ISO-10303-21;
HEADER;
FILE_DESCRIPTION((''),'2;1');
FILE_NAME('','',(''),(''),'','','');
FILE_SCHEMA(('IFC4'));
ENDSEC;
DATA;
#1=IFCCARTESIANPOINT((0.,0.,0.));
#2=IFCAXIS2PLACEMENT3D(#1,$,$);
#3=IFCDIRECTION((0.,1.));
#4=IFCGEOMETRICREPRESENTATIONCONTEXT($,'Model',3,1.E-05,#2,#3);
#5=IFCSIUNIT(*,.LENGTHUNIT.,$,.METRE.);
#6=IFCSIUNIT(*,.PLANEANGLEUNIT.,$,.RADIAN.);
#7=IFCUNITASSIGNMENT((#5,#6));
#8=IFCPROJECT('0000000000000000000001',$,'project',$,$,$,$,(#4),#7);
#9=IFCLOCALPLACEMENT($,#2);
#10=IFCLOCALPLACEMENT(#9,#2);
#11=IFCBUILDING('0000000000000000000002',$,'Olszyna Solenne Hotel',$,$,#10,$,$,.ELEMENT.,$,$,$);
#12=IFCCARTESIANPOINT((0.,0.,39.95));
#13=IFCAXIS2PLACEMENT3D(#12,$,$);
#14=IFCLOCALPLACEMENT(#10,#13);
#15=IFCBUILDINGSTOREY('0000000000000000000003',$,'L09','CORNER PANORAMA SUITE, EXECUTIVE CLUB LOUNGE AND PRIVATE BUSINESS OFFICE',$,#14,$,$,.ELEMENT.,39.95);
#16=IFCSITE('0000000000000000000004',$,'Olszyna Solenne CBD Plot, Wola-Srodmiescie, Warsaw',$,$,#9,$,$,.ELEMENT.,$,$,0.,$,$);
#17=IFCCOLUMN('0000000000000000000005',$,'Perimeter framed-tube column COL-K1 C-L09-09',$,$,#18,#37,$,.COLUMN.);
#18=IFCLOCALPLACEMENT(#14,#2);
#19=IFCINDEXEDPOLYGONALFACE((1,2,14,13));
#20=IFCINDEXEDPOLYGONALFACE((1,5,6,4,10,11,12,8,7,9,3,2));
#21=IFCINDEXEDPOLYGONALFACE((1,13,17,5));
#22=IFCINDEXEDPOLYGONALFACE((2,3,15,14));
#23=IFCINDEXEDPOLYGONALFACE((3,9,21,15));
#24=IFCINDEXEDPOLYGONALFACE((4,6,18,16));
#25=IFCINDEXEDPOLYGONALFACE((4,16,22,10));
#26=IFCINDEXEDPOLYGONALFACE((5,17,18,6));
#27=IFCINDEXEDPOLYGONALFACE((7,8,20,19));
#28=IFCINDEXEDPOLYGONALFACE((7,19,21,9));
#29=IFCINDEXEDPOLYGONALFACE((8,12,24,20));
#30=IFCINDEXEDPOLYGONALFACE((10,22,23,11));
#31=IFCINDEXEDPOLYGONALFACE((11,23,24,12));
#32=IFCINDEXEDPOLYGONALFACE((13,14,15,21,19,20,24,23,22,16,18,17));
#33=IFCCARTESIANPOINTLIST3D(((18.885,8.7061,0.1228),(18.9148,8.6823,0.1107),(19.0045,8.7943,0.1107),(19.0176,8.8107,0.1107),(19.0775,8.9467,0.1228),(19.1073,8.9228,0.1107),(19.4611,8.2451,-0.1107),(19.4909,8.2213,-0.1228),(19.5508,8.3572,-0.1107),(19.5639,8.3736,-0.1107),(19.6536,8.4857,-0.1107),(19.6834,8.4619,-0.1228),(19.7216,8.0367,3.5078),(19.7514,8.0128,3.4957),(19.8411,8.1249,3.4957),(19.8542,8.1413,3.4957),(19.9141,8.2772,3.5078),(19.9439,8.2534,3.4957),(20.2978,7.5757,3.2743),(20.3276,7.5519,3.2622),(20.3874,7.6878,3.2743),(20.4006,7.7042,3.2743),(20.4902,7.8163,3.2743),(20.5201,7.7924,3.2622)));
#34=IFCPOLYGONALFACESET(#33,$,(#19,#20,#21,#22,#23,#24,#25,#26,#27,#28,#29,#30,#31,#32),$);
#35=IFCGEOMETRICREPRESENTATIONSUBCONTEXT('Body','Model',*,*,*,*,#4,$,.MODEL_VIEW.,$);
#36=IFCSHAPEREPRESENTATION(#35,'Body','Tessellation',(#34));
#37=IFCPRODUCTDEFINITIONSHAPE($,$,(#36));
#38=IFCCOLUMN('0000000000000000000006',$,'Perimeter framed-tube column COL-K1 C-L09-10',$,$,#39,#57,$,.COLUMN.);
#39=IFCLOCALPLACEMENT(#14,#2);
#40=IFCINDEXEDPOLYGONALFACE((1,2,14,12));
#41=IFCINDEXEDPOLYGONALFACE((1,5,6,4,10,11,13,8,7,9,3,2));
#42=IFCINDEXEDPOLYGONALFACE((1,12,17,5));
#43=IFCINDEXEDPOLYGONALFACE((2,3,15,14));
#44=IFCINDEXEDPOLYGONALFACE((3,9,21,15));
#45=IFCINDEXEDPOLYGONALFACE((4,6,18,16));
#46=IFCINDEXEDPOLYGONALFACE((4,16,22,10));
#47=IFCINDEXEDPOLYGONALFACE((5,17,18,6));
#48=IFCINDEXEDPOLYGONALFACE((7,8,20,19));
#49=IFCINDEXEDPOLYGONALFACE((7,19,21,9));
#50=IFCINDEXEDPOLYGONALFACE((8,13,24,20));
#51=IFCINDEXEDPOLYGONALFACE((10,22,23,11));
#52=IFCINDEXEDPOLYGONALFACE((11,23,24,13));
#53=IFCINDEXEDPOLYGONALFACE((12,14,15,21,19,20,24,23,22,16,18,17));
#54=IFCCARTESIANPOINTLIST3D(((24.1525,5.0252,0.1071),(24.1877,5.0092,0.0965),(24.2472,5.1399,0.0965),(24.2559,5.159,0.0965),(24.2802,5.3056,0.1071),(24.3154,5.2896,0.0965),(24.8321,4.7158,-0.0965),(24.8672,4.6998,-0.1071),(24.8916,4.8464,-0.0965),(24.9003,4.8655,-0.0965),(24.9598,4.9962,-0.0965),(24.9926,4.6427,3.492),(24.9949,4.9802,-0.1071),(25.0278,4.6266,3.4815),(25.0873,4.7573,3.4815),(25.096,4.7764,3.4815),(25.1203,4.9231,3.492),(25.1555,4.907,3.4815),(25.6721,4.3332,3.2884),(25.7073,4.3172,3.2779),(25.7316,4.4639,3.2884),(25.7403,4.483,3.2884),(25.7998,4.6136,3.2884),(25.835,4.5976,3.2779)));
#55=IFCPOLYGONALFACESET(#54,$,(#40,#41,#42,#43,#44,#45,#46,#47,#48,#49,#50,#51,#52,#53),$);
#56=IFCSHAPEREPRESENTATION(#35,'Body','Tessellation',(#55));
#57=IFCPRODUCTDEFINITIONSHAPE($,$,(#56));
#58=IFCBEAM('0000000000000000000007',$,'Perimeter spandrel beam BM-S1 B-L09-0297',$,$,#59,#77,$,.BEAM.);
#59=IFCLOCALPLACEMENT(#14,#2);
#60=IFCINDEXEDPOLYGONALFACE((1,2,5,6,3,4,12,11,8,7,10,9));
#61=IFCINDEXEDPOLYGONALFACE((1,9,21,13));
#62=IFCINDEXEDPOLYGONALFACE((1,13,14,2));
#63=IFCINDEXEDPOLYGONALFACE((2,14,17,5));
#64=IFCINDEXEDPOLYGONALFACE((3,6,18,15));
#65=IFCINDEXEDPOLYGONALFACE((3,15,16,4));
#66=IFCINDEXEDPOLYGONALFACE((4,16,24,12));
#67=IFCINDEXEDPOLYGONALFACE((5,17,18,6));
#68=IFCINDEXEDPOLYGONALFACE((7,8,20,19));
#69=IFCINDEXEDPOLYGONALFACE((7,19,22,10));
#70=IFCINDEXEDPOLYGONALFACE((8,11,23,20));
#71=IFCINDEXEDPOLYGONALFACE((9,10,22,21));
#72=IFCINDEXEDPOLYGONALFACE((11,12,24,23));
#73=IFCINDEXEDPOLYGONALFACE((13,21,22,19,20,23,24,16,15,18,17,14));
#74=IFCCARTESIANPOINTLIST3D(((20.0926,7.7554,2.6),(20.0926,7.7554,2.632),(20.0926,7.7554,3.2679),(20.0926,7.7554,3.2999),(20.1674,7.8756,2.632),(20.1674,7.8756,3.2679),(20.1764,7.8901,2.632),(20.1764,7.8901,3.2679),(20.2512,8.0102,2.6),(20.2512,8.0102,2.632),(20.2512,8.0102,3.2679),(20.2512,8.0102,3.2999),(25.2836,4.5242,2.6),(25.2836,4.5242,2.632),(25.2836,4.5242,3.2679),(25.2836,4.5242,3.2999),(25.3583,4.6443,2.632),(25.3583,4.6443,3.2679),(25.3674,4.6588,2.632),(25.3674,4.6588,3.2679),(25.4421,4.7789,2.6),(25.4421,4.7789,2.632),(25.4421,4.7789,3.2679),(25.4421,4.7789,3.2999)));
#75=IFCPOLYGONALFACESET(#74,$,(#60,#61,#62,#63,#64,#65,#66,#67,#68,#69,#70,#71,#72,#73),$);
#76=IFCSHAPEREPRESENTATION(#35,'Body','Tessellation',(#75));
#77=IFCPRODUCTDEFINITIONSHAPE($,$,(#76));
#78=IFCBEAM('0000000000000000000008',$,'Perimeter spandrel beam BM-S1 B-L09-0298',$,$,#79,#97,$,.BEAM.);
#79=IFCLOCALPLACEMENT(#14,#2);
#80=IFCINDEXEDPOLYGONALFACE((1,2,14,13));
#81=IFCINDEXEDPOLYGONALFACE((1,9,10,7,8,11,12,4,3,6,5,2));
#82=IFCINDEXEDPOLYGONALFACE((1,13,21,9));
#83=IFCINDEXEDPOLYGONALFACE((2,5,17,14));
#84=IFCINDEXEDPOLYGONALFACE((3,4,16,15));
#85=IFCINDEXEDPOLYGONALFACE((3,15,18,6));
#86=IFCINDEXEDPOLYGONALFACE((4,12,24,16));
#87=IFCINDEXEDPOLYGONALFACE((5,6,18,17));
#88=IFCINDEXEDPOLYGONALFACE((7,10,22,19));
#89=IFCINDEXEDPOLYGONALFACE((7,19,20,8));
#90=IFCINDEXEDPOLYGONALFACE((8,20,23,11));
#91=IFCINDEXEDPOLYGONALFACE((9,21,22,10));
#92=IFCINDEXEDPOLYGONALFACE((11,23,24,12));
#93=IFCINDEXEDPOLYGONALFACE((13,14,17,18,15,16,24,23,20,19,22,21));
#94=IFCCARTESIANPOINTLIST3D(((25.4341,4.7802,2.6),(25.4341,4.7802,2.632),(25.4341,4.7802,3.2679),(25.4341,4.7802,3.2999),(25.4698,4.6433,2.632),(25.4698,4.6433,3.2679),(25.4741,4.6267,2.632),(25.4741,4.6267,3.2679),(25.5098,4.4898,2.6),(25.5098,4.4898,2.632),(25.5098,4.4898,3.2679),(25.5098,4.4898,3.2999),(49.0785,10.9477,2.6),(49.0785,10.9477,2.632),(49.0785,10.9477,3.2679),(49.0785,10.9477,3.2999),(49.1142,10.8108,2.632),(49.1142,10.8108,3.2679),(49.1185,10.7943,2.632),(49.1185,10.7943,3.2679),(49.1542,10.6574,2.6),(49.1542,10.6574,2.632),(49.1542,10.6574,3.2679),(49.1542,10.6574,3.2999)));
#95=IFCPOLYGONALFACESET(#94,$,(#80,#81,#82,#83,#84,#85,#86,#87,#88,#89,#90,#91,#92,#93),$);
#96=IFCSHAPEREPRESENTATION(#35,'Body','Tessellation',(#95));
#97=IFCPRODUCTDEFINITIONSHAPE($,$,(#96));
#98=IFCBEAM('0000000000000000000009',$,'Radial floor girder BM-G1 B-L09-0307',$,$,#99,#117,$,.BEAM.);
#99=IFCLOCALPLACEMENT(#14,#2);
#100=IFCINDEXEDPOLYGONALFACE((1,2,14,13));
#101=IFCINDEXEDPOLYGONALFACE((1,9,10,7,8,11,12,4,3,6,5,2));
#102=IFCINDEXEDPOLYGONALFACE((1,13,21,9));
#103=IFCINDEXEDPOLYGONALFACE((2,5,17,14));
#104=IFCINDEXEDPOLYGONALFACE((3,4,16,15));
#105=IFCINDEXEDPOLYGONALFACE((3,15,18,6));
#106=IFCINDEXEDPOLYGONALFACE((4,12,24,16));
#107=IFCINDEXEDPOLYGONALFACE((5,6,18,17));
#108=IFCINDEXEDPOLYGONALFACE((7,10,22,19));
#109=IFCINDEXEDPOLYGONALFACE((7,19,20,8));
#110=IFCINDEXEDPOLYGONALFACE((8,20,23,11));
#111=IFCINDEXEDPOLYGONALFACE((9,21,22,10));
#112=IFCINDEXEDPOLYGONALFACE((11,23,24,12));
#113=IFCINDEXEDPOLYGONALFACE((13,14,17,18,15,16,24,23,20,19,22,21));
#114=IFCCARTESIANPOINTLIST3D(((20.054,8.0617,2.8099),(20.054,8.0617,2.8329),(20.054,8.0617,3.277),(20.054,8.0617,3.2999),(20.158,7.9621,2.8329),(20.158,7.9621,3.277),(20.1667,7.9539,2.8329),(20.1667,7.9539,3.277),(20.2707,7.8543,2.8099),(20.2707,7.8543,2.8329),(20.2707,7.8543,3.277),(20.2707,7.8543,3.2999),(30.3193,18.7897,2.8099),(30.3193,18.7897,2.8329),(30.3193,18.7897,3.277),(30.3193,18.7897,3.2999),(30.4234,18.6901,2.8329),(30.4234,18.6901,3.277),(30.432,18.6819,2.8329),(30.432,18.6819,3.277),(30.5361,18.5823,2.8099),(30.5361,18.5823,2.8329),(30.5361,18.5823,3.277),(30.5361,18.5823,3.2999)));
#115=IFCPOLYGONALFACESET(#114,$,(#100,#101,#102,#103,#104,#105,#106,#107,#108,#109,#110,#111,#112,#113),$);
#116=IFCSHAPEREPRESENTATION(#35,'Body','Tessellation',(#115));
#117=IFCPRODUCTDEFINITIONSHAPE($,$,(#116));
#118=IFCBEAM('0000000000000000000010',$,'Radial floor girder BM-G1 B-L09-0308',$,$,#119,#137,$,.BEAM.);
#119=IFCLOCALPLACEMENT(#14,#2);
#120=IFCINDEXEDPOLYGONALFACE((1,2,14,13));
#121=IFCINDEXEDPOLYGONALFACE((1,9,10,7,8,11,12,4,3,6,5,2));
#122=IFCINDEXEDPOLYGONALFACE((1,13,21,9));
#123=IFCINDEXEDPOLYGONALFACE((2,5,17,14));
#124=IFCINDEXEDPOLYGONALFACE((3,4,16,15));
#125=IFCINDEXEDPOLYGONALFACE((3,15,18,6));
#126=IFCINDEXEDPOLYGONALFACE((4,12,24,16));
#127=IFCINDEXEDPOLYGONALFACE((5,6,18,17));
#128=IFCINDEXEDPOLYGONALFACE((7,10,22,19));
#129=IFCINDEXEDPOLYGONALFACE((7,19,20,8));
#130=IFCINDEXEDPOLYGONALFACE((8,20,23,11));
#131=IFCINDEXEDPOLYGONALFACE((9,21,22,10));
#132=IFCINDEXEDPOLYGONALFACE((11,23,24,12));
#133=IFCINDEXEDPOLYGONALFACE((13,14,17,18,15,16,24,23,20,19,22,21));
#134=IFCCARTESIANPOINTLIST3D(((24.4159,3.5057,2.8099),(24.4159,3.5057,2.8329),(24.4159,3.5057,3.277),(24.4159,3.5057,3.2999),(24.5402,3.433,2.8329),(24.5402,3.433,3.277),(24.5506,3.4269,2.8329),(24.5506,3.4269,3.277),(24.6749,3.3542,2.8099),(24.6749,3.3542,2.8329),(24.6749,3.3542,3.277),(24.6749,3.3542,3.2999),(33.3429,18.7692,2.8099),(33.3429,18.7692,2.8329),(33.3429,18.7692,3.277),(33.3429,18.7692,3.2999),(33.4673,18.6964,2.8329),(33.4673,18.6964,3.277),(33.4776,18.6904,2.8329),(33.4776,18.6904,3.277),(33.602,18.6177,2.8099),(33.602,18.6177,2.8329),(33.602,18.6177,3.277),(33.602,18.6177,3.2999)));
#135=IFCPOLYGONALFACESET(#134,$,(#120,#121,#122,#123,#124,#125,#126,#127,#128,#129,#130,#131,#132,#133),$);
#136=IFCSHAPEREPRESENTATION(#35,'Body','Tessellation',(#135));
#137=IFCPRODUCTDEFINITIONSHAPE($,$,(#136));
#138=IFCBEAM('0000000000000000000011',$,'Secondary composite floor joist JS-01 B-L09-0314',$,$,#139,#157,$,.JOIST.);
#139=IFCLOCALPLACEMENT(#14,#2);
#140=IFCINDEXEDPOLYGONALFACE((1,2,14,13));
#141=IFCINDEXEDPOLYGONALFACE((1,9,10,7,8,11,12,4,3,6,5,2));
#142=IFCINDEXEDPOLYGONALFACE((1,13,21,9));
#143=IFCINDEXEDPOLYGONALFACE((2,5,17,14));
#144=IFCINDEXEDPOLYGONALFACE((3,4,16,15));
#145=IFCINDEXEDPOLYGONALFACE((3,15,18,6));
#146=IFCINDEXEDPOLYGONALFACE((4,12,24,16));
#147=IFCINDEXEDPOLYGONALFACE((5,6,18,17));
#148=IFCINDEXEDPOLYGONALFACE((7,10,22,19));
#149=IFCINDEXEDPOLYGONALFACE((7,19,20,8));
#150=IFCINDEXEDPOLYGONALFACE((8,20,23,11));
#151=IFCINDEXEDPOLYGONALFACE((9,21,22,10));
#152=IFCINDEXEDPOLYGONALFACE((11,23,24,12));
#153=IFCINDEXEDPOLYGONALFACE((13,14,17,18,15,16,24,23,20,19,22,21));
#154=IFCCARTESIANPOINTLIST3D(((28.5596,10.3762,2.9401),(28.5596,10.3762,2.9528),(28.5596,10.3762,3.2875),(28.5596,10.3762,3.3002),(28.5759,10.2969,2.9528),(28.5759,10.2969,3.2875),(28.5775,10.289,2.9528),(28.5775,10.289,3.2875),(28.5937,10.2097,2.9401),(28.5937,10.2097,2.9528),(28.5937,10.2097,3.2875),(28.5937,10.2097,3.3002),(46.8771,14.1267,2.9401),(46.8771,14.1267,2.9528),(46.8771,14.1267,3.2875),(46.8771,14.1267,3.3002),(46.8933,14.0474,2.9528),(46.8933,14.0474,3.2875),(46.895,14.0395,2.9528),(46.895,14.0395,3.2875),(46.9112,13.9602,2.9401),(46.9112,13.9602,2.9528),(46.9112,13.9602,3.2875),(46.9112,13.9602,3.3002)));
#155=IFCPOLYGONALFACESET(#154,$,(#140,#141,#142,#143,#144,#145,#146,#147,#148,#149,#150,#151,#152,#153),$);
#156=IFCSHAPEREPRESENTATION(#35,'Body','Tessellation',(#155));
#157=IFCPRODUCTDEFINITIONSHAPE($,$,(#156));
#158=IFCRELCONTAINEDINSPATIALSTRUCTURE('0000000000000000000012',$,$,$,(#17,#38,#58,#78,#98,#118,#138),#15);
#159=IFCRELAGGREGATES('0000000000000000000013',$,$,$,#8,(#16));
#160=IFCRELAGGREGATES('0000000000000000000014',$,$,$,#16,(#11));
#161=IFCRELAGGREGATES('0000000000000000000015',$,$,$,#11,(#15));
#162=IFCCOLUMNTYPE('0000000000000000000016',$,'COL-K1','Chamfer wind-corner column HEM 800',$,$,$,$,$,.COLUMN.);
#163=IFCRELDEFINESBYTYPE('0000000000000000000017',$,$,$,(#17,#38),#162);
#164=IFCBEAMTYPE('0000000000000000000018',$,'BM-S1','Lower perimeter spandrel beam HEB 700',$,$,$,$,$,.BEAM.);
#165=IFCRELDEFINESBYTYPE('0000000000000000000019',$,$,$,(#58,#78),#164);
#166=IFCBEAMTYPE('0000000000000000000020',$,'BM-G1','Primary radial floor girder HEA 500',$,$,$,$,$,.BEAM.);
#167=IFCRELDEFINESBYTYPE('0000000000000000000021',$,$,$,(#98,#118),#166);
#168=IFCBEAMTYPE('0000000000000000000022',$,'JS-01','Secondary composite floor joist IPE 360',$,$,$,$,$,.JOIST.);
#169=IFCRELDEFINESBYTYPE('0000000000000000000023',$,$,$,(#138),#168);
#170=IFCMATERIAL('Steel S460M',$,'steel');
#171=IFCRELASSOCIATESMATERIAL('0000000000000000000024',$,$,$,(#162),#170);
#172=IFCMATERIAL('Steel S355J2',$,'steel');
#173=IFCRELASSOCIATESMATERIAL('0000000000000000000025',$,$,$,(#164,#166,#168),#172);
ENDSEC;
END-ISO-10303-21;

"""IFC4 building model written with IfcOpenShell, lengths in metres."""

from ifc_helpers import new_model, si_unit, direction, frame, origin, origin_2d, place, context, subcontext, project, spatial, i_section, extrude, source, transform, mapped, material, material_profile, profile_set, type_object, element, save


model = new_model("IFC4")

# Units and contexts
model_context = context("Model", 3, precision=1e-05, world=origin(), true_north=direction((0.0, 1.0)))
body_context = subcontext(model_context, "Body", "Model", "MODEL_VIEW")
ifc_project = project(units=[si_unit("LENGTHUNIT", "METRE"), si_unit("PLANEANGLEUNIT", "RADIAN")], contexts=[model_context])

# Site, building, storey
site_placement = place(None, origin())
site = spatial("IfcSite", under=ifc_project, at=site_placement, Name="Olszyna Solenne CBD Plot, Wola-Srodmiescie, Warsaw", CompositionType="ELEMENT", RefElevation=0.0)
building_placement = place(site_placement, origin())
building = spatial("IfcBuilding", under=site, at=building_placement, Name="Olszyna Solenne Hotel", CompositionType="ELEMENT")
storey_placement = place(building_placement, frame((0.0, 0.0, 39.95)))
storey = spatial("IfcBuildingStorey", under=building, at=storey_placement, Name="L09", Description="CORNER PANORAMA SUITE, EXECUTIVE CLUB LOUNGE AND PRIVATE BUSINESS OFFICE", CompositionType="ELEMENT", Elevation=39.95)

# Columns
ifc_material_1 = material(Name="Steel S460M", Category="steel")
ifc_material_profile_1 = material_profile(ifc_material_1, i_section(OverallWidth=0.3081, OverallDepth=0.814, WebThickness=0.021, FlangeThickness=0.04, at=origin_2d()), Name="HEM 800", Category="load-bearing")
ifc_profile_set_1 = profile_set([ifc_material_profile_1], Name="Steel S460M")
column_type = type_object("IfcColumnType", Name="COL-K1", Description="Chamfer wind-corner column HEM 800", PredefinedType="COLUMN", material=ifc_profile_set_1)
shared_shape_1 = source(origin(), body_context, "Body", "SweptSolid", [
    extrude(i_section(OverallWidth=0.3081, OverallDepth=0.814, WebThickness=0.021, FlangeThickness=0.04, at=origin_2d()), origin(), (0.0, 0.0, 1.0), 3.5505),
])
column_1_placement = place(storey_placement, frame((19.2842, 8.584, 0.0), z_axis=(0.235645, -0.188543, 0.953375), x_axis=(0.624751, 0.780824, 0.0)))
element("IfcColumn", 1, at=column_1_placement, inside=storey, type_object=column_type, Name="Perimeter framed-tube column COL-K1 C-L09-09", PredefinedType="COLUMN", context=body_context, shape_type="MappedRepresentation", body=[
    mapped(shared_shape_1, transform((0.0, 0.0, 0.0), x_axis=(1.0, 0.0, 0.0), y_axis=(0.0, 1.0, 0.0), z_axis=(0.0, 0.0, 1.0), scale=1.0)),
])
shared_shape_2 = source(origin(), body_context, "Body", "SweptSolid", [
    extrude(i_section(OverallWidth=0.3081, OverallDepth=0.814, WebThickness=0.021, FlangeThickness=0.04, at=origin_2d()), origin(), (0.0, 0.0, 1.0), 3.5085),
])
column_2_placement = place(storey_placement, frame((24.5737, 5.0027, 0.0), z_axis=(0.239436, -0.109037, 0.96477), x_axis=(0.41444, 0.910076, 0.0)))
element("IfcColumn", 2, at=column_2_placement, inside=storey, type_object=column_type, Name="Perimeter framed-tube column COL-K1 C-L09-10", PredefinedType="COLUMN", context=body_context, shape_type="MappedRepresentation", body=[
    mapped(shared_shape_2, transform((0.0, 0.0, 0.0), x_axis=(1.0, 0.0, 0.0), y_axis=(0.0, 1.0, 0.0), z_axis=(0.0, 0.0, 1.0), scale=1.0)),
])

# Beams
ifc_material_2 = material(Name="Steel S355J2", Category="steel")
ifc_material_profile_2 = material_profile(ifc_material_2, i_section(OverallWidth=0.3, OverallDepth=0.7, WebThickness=0.0171, FlangeThickness=0.032, at=origin_2d()), Name="HEB 700", Category="load-bearing")
ifc_profile_set_2 = profile_set([ifc_material_profile_2], Name="Steel S355J2")
beam_type_1 = type_object("IfcBeamType", Name="BM-S1", Description="Lower perimeter spandrel beam HEB 700", PredefinedType="BEAM", material=ifc_profile_set_2)
shared_shape_3 = source(origin(), body_context, "Body", "SweptSolid", [
    extrude(i_section(OverallWidth=0.3, OverallDepth=0.7, WebThickness=0.0171, FlangeThickness=0.032, at=origin_2d()), origin(), (0.0, 0.0, 1.0), 6.1145),
])
beam_1_placement = place(storey_placement, frame((20.1719, 7.8828, 2.95), z_axis=(0.848961, -0.528455, 0.0), x_axis=(0.528455, 0.848961, 0.0)))
element("IfcBeam", 3, at=beam_1_placement, inside=storey, type_object=beam_type_1, Name="Perimeter spandrel beam BM-S1 B-L09-0297", PredefinedType="BEAM", context=body_context, shape_type="MappedRepresentation", body=[
    mapped(shared_shape_3, transform((0.0, 0.0, 0.0), x_axis=(1.0, 0.0, 0.0), y_axis=(0.0, 1.0, 0.0), z_axis=(0.0, 0.0, 1.0), scale=1.0)),
])
shared_shape_4 = source(origin(), body_context, "Body", "SweptSolid", [
    extrude(i_section(OverallWidth=0.3, OverallDepth=0.7, WebThickness=0.0171, FlangeThickness=0.032, at=origin_2d()), origin(), (0.0, 0.0, 1.0), 24.4355),
])
beam_2_placement = place(storey_placement, frame((25.4719, 4.635, 2.95), z_axis=(0.967623, 0.252399, 0.0), x_axis=(-0.252399, 0.967623, 0.0)))
element("IfcBeam", 4, at=beam_2_placement, inside=storey, type_object=beam_type_1, Name="Perimeter spandrel beam BM-S1 B-L09-0298", PredefinedType="BEAM", context=body_context, shape_type="MappedRepresentation", body=[
    mapped(shared_shape_4, transform((0.0, 0.0, 0.0), x_axis=(1.0, 0.0, 0.0), y_axis=(0.0, 1.0, 0.0), z_axis=(0.0, 0.0, 1.0), scale=1.0)),
])
ifc_material_profile_3 = material_profile(ifc_material_2, i_section(OverallWidth=0.3, OverallDepth=0.49, WebThickness=0.012, FlangeThickness=0.0229, at=origin_2d()), Name="HEA 500", Category="load-bearing")
ifc_profile_set_3 = profile_set([ifc_material_profile_3], Name="Steel S355J2")
beam_type_2 = type_object("IfcBeamType", Name="BM-G1", Description="Primary radial floor girder HEA 500", PredefinedType="BEAM", material=ifc_profile_set_3)
shared_shape_5 = source(origin(), body_context, "Body", "SweptSolid", [
    extrude(i_section(OverallWidth=0.3, OverallDepth=0.49, WebThickness=0.012, FlangeThickness=0.0229, at=origin_2d()), origin(), (0.0, 0.0, 1.0), 14.8481),
])
beam_3_placement = place(storey_placement, frame((20.1624, 7.958, 3.0549), z_axis=(0.691356, 0.722514, 0.0), x_axis=(-0.722514, 0.691356, 0.0)))
element("IfcBeam", 5, at=beam_3_placement, inside=storey, type_object=beam_type_2, Name="Radial floor girder BM-G1 B-L09-0307", PredefinedType="BEAM", context=body_context, shape_type="MappedRepresentation", body=[
    mapped(shared_shape_5, transform((0.0, 0.0, 0.0), x_axis=(1.0, 0.0, 0.0), y_axis=(0.0, 1.0, 0.0), z_axis=(0.0, 0.0, 1.0), scale=1.0)),
])
shared_shape_6 = source(origin(), body_context, "Body", "SweptSolid", [
    extrude(i_section(OverallWidth=0.3, OverallDepth=0.49, WebThickness=0.012, FlangeThickness=0.0229, at=origin_2d()), origin(), (0.0, 0.0, 1.0), 17.6824),
])
beam_4_placement = place(storey_placement, frame((24.5454, 3.4299, 3.0549), z_axis=(0.504855, 0.863204, 0.0), x_axis=(-0.863204, 0.504855, 0.0)))
element("IfcBeam", 6, at=beam_4_placement, inside=storey, type_object=beam_type_2, Name="Radial floor girder BM-G1 B-L09-0308", PredefinedType="BEAM", context=body_context, shape_type="MappedRepresentation", body=[
    mapped(shared_shape_6, transform((0.0, 0.0, 0.0), x_axis=(1.0, 0.0, 0.0), y_axis=(0.0, 1.0, 0.0), z_axis=(0.0, 0.0, 1.0), scale=1.0)),
])
ifc_material_profile_4 = material_profile(ifc_material_2, i_section(OverallWidth=0.1699, OverallDepth=0.3601, WebThickness=0.0081, FlangeThickness=0.0127, at=origin_2d()), Name="IPE 360", Category="load-bearing")
ifc_profile_set_4 = profile_set([ifc_material_profile_4], Name="Steel S355J2")
beam_type_3 = type_object("IfcBeamType", Name="JS-01", Description="Secondary composite floor joist IPE 360", PredefinedType="JOIST", material=ifc_profile_set_4)
shared_shape_7 = source(origin(), body_context, "Body", "SweptSolid", [
    extrude(i_section(OverallWidth=0.1699, OverallDepth=0.3601, WebThickness=0.0081, FlangeThickness=0.0127, at=origin_2d()), origin(), (0.0, 0.0, 1.0), 18.6975),
])
beam_5_placement = place(storey_placement, frame((28.5767, 10.293, 3.1201), z_axis=(0.979676, 0.200589, 0.0), x_axis=(-0.200589, 0.979676, 0.0)))
element("IfcBeam", 7, at=beam_5_placement, inside=storey, type_object=beam_type_3, Name="Secondary composite floor joist JS-01 B-L09-0314", PredefinedType="JOIST", context=body_context, shape_type="MappedRepresentation", body=[
    mapped(shared_shape_7, transform((0.0, 0.0, 0.0), x_axis=(1.0, 0.0, 0.0), y_axis=(0.0, 1.0, 0.0), z_axis=(0.0, 0.0, 1.0), scale=1.0)),
])

save(model, "model.ifc")
